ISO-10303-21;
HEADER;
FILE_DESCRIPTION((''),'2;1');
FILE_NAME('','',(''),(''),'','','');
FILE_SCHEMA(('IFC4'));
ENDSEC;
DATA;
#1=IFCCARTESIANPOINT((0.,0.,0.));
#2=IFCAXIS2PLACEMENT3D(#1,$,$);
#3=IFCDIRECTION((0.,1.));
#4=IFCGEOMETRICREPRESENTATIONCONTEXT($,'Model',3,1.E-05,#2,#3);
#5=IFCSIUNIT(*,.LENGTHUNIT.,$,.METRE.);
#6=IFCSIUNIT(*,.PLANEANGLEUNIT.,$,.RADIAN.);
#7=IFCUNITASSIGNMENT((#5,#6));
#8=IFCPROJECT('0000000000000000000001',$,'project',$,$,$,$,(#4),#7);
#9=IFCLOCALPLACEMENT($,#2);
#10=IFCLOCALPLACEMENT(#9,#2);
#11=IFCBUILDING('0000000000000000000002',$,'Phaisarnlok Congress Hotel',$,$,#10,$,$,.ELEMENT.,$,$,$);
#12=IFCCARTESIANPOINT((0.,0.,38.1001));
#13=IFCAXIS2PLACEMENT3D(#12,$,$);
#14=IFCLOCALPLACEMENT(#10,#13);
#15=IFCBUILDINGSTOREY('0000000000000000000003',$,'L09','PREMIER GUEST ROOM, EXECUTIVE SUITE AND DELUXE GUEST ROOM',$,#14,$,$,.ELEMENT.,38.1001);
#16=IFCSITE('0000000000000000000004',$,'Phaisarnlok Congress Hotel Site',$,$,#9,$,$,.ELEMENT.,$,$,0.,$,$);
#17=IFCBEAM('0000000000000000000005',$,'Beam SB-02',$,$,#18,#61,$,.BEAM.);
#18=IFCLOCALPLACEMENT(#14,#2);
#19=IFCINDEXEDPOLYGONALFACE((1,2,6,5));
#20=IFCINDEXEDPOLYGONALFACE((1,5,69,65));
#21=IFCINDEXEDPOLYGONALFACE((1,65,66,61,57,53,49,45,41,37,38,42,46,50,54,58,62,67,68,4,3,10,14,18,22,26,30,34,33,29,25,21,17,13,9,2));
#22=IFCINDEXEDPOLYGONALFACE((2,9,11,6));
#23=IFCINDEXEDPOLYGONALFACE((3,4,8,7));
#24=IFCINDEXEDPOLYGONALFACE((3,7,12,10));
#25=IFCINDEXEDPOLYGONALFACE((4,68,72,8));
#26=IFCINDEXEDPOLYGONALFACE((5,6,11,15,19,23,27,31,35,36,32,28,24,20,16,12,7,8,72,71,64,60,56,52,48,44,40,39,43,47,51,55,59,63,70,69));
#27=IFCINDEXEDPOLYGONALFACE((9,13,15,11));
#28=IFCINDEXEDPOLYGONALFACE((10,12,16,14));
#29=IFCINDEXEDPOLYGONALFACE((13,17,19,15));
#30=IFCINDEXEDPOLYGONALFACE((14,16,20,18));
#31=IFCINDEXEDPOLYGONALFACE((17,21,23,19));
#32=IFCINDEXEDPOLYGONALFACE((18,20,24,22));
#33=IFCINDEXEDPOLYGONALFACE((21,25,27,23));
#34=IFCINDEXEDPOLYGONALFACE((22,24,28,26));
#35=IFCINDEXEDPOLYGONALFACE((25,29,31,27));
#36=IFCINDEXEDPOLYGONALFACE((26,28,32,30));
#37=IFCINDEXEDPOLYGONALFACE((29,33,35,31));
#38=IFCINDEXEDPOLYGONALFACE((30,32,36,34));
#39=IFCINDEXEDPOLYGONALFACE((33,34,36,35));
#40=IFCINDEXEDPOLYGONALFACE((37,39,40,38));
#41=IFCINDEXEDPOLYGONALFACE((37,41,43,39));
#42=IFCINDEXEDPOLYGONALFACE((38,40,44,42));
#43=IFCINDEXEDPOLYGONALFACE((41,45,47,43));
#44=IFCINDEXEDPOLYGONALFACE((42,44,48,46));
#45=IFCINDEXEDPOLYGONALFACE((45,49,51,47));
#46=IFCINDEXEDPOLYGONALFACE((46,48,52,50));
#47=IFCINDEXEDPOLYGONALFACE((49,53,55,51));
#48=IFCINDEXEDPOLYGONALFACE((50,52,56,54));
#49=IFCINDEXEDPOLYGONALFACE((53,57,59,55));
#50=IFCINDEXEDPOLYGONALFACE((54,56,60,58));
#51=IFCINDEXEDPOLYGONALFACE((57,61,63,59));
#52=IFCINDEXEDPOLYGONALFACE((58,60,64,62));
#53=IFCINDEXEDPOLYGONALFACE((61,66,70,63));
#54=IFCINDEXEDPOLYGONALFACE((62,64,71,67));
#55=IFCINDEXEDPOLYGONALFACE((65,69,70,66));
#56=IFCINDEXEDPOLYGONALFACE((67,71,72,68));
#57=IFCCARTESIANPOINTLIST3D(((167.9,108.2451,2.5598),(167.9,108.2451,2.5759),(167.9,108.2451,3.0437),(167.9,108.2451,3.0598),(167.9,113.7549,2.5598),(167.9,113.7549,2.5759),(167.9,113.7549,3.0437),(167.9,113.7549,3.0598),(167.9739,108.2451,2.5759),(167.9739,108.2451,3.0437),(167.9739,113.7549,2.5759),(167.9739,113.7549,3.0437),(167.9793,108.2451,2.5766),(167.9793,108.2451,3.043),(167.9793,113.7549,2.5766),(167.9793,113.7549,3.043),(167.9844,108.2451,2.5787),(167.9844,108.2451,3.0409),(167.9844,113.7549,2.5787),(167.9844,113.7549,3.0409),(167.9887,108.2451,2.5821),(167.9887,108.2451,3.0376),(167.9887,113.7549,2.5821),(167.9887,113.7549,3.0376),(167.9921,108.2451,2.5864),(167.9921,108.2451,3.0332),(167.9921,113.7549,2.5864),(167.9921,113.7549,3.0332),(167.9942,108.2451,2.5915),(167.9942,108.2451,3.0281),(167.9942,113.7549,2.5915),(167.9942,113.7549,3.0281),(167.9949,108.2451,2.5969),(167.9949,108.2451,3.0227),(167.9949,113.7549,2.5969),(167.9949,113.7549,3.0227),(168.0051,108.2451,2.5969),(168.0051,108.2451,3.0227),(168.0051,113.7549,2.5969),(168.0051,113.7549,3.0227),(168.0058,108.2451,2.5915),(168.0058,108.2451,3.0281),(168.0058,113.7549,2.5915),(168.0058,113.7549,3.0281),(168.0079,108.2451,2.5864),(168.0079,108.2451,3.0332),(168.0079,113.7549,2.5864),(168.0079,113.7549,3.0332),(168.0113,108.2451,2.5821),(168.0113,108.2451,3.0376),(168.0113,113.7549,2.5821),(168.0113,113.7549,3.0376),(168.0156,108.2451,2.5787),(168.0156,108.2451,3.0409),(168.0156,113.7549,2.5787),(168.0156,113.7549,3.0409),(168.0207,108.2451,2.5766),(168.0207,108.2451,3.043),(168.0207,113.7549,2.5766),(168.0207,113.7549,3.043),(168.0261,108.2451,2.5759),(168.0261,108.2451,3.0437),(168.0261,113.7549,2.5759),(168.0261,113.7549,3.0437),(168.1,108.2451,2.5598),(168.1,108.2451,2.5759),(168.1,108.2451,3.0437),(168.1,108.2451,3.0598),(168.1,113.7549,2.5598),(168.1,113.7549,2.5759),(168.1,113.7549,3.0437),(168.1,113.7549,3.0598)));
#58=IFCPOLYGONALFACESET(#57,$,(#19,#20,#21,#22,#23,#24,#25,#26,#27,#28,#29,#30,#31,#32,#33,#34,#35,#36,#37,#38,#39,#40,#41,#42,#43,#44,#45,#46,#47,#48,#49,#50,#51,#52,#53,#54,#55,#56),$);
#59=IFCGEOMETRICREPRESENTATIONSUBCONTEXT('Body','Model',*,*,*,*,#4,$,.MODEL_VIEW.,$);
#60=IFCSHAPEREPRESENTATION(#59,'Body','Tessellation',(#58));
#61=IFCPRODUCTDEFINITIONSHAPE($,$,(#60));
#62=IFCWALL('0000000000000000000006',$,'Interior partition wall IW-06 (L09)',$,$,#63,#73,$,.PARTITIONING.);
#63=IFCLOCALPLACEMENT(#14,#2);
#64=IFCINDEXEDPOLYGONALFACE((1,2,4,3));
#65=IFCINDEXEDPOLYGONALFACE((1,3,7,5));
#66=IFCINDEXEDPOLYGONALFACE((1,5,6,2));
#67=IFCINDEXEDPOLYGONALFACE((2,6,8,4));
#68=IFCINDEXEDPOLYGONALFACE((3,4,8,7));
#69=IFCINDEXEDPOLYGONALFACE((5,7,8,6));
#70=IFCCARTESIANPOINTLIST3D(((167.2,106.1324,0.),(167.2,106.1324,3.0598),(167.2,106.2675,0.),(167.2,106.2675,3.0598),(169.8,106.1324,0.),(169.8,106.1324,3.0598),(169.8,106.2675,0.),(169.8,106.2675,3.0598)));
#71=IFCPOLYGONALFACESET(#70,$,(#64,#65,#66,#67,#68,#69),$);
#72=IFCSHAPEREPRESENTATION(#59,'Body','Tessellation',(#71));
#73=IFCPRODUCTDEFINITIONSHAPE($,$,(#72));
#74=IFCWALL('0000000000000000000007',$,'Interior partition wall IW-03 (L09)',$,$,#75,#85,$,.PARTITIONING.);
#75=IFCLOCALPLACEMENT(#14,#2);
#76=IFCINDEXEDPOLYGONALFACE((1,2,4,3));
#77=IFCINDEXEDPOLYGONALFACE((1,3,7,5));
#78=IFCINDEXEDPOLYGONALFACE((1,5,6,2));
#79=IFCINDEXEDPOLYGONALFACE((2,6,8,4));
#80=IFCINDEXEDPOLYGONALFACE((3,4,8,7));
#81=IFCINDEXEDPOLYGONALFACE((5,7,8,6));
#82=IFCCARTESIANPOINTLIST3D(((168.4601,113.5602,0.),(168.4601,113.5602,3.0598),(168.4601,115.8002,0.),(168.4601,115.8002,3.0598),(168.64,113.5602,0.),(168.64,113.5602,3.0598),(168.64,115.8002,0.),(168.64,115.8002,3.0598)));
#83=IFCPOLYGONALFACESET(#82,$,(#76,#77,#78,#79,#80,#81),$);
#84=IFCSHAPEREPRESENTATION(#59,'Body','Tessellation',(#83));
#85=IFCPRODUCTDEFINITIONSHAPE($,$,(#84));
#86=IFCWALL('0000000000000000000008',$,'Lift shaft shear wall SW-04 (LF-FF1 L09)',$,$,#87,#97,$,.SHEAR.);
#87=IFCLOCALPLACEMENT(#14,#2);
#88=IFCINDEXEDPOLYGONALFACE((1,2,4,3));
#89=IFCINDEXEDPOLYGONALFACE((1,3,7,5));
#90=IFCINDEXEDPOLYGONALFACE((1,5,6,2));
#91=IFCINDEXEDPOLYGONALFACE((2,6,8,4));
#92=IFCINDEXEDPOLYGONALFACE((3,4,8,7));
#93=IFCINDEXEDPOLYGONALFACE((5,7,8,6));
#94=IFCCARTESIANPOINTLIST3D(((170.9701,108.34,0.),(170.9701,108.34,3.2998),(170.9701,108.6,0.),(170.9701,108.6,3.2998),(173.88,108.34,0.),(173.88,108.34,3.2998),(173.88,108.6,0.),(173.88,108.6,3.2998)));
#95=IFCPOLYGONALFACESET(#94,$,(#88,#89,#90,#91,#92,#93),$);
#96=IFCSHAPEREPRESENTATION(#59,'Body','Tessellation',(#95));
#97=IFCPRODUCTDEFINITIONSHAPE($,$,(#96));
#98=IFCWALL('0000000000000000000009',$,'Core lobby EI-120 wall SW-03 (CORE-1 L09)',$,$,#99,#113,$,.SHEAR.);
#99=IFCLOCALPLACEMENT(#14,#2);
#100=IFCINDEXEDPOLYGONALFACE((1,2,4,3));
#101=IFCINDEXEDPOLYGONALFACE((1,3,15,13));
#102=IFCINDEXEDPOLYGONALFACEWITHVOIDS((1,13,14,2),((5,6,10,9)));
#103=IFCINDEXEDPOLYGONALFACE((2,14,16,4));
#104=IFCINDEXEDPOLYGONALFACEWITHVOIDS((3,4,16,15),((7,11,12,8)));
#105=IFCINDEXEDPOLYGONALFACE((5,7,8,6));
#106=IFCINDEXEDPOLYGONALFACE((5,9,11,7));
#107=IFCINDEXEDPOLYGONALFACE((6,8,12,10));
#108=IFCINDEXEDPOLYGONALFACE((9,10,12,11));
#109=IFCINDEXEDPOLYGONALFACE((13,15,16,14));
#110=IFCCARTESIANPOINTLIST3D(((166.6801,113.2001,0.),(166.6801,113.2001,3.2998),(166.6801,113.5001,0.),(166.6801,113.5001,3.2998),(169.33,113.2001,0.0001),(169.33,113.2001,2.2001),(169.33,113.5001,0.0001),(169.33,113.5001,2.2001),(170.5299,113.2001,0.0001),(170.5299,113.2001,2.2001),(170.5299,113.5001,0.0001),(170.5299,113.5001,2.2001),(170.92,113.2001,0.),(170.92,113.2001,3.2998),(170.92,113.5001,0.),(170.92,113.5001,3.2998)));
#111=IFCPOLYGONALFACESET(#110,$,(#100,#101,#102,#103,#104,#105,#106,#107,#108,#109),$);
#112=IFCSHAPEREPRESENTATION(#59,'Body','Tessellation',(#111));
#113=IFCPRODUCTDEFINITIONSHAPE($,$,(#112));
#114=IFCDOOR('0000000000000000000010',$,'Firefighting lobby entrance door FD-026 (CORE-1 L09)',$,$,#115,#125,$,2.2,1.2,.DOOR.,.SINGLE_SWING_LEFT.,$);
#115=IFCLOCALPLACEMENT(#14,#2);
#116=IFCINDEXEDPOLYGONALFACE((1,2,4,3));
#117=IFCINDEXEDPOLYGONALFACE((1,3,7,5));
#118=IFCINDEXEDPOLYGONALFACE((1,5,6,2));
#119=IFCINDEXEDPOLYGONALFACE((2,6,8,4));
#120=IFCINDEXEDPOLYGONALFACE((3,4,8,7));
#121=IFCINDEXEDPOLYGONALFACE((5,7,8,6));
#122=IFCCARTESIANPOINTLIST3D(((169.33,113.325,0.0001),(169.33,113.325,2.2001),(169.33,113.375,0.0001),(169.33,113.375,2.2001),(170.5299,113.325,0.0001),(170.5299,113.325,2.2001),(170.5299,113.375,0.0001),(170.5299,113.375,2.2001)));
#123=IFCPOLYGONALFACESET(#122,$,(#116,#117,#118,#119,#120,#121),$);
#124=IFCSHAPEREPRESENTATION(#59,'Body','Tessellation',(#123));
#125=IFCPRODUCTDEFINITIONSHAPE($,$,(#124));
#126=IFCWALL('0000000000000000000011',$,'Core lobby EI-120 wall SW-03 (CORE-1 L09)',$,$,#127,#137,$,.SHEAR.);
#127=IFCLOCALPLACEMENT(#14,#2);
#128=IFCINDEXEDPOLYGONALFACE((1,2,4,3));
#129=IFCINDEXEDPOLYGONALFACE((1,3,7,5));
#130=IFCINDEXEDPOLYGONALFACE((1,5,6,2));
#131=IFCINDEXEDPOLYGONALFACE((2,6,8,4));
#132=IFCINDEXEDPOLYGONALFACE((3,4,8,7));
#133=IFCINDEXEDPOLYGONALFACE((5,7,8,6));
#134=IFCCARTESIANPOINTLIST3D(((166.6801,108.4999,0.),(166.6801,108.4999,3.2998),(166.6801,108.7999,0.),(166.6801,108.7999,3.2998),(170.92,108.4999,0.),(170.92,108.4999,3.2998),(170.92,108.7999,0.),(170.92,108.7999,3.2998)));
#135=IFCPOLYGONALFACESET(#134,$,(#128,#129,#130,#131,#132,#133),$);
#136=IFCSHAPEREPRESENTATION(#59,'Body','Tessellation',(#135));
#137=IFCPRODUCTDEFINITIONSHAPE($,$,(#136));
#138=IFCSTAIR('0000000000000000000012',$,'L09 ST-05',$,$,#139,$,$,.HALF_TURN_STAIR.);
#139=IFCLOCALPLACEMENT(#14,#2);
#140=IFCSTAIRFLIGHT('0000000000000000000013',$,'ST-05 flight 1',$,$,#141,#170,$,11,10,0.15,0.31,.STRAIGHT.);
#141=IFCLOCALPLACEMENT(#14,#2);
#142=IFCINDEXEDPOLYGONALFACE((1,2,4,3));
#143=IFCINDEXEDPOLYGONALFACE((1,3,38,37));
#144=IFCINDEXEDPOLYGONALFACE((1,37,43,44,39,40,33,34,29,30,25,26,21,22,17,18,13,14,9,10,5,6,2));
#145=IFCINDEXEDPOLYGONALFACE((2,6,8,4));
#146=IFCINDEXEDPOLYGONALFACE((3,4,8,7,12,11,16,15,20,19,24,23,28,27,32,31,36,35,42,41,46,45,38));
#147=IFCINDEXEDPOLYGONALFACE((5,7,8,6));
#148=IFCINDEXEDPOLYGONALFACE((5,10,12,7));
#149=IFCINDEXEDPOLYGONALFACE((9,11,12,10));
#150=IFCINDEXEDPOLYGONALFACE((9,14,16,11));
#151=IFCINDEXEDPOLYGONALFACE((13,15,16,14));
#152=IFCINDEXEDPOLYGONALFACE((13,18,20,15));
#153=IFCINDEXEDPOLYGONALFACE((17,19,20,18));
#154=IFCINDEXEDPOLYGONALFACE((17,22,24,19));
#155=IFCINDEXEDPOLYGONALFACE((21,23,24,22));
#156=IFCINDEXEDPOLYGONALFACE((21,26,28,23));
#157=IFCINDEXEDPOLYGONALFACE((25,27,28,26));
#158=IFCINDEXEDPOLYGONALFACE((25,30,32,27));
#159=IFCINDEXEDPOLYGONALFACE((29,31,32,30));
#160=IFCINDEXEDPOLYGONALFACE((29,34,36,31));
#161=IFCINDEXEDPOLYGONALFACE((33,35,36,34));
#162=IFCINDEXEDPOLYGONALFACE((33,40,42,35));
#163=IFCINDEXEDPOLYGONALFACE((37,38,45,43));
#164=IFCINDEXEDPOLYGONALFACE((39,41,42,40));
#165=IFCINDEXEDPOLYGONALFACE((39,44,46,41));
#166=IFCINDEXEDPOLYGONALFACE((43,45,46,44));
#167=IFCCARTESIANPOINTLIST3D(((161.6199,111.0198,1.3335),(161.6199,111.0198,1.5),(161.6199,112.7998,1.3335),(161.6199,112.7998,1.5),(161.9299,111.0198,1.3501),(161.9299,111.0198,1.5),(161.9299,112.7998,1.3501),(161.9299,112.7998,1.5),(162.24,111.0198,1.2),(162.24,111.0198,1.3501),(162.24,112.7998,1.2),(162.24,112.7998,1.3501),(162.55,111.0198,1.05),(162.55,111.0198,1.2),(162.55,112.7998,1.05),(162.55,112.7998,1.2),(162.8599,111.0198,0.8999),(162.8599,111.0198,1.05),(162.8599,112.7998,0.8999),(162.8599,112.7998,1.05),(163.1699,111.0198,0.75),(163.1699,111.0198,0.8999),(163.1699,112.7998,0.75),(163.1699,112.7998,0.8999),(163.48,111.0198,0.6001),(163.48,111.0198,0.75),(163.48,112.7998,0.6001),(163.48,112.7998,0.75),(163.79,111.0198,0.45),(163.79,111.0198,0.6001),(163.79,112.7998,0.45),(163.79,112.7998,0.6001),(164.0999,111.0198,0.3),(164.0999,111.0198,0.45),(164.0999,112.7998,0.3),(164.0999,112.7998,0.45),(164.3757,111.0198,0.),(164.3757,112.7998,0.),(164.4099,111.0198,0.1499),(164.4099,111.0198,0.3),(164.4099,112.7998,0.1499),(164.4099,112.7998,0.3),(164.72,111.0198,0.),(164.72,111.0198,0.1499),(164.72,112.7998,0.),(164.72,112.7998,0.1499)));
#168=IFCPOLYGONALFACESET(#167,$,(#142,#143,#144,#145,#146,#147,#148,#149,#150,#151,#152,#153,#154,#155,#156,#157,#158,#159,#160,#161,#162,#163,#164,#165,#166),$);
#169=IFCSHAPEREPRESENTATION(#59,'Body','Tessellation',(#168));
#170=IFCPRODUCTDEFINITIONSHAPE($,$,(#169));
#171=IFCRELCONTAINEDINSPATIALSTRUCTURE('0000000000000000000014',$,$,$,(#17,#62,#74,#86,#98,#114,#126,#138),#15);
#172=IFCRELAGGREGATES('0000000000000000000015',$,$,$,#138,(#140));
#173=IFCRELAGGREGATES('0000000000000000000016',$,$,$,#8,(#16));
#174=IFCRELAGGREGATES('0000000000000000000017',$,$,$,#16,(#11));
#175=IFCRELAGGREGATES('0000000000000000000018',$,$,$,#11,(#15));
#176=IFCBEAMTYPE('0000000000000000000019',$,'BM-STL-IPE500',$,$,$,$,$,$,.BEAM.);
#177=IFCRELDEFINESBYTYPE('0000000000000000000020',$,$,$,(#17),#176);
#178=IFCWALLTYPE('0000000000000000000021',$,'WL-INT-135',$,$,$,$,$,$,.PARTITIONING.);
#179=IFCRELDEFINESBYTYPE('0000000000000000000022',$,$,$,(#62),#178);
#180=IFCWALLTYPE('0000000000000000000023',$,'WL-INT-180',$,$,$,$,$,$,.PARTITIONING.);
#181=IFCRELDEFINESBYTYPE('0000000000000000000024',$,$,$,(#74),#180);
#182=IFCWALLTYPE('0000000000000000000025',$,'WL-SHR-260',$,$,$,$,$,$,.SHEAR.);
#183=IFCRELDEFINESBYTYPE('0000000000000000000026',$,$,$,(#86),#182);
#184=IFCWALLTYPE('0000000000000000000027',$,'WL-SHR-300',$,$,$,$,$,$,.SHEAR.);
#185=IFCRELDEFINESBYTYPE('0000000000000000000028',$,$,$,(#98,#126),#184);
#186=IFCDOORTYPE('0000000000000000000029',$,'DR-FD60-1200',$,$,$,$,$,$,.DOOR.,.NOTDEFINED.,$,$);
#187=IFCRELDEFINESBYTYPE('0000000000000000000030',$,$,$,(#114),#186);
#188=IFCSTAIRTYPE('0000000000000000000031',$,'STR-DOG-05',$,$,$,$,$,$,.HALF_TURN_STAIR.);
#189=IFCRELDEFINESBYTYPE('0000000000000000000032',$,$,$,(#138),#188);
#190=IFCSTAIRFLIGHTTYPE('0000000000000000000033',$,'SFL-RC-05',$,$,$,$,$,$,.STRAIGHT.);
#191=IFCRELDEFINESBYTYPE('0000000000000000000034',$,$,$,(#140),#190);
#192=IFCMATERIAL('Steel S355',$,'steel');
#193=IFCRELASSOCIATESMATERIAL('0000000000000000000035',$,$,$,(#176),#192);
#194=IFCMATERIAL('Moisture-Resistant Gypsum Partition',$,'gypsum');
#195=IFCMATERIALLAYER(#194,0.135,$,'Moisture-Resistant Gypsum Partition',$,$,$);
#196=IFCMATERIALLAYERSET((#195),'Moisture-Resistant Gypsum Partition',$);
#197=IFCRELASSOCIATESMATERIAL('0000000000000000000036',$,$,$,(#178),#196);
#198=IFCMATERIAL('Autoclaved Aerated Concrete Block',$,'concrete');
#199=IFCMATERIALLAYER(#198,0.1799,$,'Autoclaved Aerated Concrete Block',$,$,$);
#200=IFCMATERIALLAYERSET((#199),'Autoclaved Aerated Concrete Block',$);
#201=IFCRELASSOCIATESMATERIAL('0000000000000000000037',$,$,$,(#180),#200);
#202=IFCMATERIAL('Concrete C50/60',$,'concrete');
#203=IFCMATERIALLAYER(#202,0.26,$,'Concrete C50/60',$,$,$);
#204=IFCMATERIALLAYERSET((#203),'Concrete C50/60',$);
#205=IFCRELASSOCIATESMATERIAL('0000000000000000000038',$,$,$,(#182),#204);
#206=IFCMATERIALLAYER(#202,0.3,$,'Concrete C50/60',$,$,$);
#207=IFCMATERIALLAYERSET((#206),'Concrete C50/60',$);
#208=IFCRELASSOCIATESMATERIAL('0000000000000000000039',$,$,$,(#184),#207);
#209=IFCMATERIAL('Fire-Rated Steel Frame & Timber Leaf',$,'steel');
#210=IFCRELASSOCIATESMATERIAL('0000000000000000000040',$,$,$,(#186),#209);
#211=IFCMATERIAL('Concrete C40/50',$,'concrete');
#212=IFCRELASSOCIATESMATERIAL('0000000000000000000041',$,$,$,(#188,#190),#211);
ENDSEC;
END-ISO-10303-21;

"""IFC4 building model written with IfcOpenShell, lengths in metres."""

from ifc_helpers import new_model, si_unit, direction, frame, frame_2d, origin, origin_2d, place, context, subcontext, project, spatial, polyline, rectangle, i_section, outline, extrude, material, layer, layer_set, material_profile, profile_set, type_object, element, fill, aggregate, save


model = new_model("IFC4")

# Units and contexts
model_context = context("Model", 3, precision=1e-05, world=origin(), true_north=direction((0.0, 1.0)))
body_context = subcontext(model_context, "Body", "Model", "MODEL_VIEW")
ifc_project = project(units=[si_unit("LENGTHUNIT", "METRE"), si_unit("PLANEANGLEUNIT", "RADIAN")], contexts=[model_context])

# Site, building, storey
site_placement = place(None, origin())
site = spatial("IfcSite", under=ifc_project, at=site_placement, Name="Phaisarnlok Congress Hotel Site", CompositionType="ELEMENT", RefElevation=0.0)
building_placement = place(site_placement, origin())
building = spatial("IfcBuilding", under=site, at=building_placement, Name="Phaisarnlok Congress Hotel", CompositionType="ELEMENT")
storey_placement = place(building_placement, frame((0.0, 0.0, 38.1001)))
storey = spatial("IfcBuildingStorey", under=building, at=storey_placement, Name="L09", Description="PREMIER GUEST ROOM, EXECUTIVE SUITE AND DELUXE GUEST ROOM", CompositionType="ELEMENT", Elevation=38.1001)

# Shared definitions
ifc_material_1 = material(Name="Concrete C50/60", Category="concrete")

# Beam
ifc_material_2 = material(Name="Concrete C40/50", Category="concrete")
ifc_material_3 = material(Name="Steel S355", Category="steel")
ifc_material_profile_1 = material_profile(ifc_material_3, i_section(OverallWidth=0.2, OverallDepth=0.5, WebThickness=0.0103, FlangeThickness=0.0161, FilletRadius=0.021, at=origin_2d()), Name="IPE 500")
ifc_profile_set_1 = profile_set([ifc_material_profile_1], Name="Steel S355")
beam_type_1 = type_object("IfcBeamType", Name="BM-STL-IPE500", PredefinedType="BEAM", material=ifc_profile_set_1)
beam_1_placement = place(storey_placement, frame((168.0, 108.2451, 2.8098), z_axis=(0.0, 1.0, 0.0), x_axis=(-1.0, 0.0, 0.0)))
element("IfcBeam", 1, at=beam_1_placement, inside=storey, type_object=beam_type_1, Name="Beam SB-02", PredefinedType="BEAM", context=body_context, shape_type="SweptSolid", body=[
    extrude(i_section(OverallWidth=0.2, OverallDepth=0.5, WebThickness=0.0103, FlangeThickness=0.0161, FilletRadius=0.021, at=origin_2d()), origin(), (0.0, 0.0, 1.0), 5.5098),
])

# Walls
ifc_material_4 = material(Name="Moisture-Resistant Gypsum Partition", Category="gypsum")
ifc_layer_1 = layer(ifc_material_4, 0.135, Name="Moisture-Resistant Gypsum Partition")
ifc_layer_set_1 = layer_set([ifc_layer_1], Name="Moisture-Resistant Gypsum Partition")
wall_type_1 = type_object("IfcWallType", Name="WL-INT-135", PredefinedType="PARTITIONING", material=ifc_layer_set_1)
wall_1_placement = place(storey_placement, frame((167.2, 106.2, 0.0), z_axis=(0.0, 0.0, 1.0), x_axis=(1.0, 0.0, 0.0)))
element("IfcWall", 2, at=wall_1_placement, inside=storey, type_object=wall_type_1, Name="Interior partition wall IW-06 (L09)", PredefinedType="PARTITIONING", context=body_context, shape_type="SweptSolid", body=[
    extrude(rectangle(XDim=2.6001, YDim=0.135, at=frame_2d((1.3, 0.0))), origin(), (0.0, 0.0, 1.0), 3.0598),
])
ifc_material_5 = material(Name="Autoclaved Aerated Concrete Block", Category="concrete")
ifc_layer_2 = layer(ifc_material_5, 0.1799, Name="Autoclaved Aerated Concrete Block")
ifc_layer_set_2 = layer_set([ifc_layer_2], Name="Autoclaved Aerated Concrete Block")
wall_type_2 = type_object("IfcWallType", Name="WL-INT-180", PredefinedType="PARTITIONING", material=ifc_layer_set_2)
wall_2_placement = place(storey_placement, frame((168.55, 113.5601, 0.0), z_axis=(0.0, 0.0, 1.0), x_axis=(0.0, 1.0, 0.0)))
element("IfcWall", 3, at=wall_2_placement, inside=storey, type_object=wall_type_2, Name="Interior partition wall IW-03 (L09)", PredefinedType="PARTITIONING", context=body_context, shape_type="SweptSolid", body=[
    extrude(rectangle(XDim=2.24, YDim=0.1799, at=frame_2d((1.1201, 0.0))), origin(), (0.0, 0.0, 1.0), 3.0598),
])

# Shared definitions
ifc_layer_3 = layer(ifc_material_1, 0.26, Name="Concrete C50/60")
ifc_layer_set_3 = layer_set([ifc_layer_3], Name="Concrete C50/60")
wall_type_3 = type_object("IfcWallType", Name="WL-SHR-260", PredefinedType="SHEAR", material=ifc_layer_set_3)
ifc_material_6 = material(Name="Fire-Rated Steel Frame & Timber Leaf", Category="steel")

# Wall
wall_3_placement = place(storey_placement, frame((170.97, 108.47, 0.0), z_axis=(0.0, 0.0, 1.0), x_axis=(1.0, 0.0, 0.0)))
element("IfcWall", 4, at=wall_3_placement, inside=storey, type_object=wall_type_3, Name="Lift shaft shear wall SW-04 (LF-FF1 L09)", PredefinedType="SHEAR", context=body_context, shape_type="SweptSolid", body=[
    extrude(rectangle(XDim=2.9099, YDim=0.26, at=frame_2d((1.4551, 0.0))), origin(), (0.0, 0.0, 1.0), 3.2998),
])

# Wall, opening, door
ifc_layer_4 = layer(ifc_material_1, 0.3, Name="Concrete C50/60")
ifc_layer_set_4 = layer_set([ifc_layer_4], Name="Concrete C50/60")
wall_type_4 = type_object("IfcWallType", Name="WL-SHR-300", PredefinedType="SHEAR", material=ifc_layer_set_4)
wall_4_placement = place(storey_placement, frame((166.6799, 113.3501, 0.0), z_axis=(0.0, 0.0, 1.0), x_axis=(1.0, 0.0, 0.0)))
wall_4 = element("IfcWall", 5, at=wall_4_placement, inside=storey, type_object=wall_type_4, Name="Core lobby EI-120 wall SW-03 (CORE-1 L09)", PredefinedType="SHEAR", context=body_context, shape_type="SweptSolid", body=[
    extrude(rectangle(XDim=4.24, YDim=0.3, at=frame_2d((2.1201, 0.0))), origin(), (0.0, 0.0, 1.0), 3.2998),
])
opening_1_placement = place(wall_4_placement, frame((2.6499, 0.0, 0.0)))
opening_1 = element("IfcOpeningElement", 6, at=opening_1_placement, cuts=wall_4, PredefinedType="OPENING", context=body_context, shape_type="SweptSolid", body=[
    extrude(rectangle(XDim=1.2, YDim=2.2, at=frame_2d((0.6001, 1.1001))), frame((0.0, 0.1602, 0.0), z_axis=(0.0, -1.0, 0.0), x_axis=(1.0, 0.0, 0.0)), (0.0, 0.0, 1.0), 0.3201),
])
door_type_1 = type_object("IfcDoorType", Name="DR-FD60-1200", OperationType="NOTDEFINED", PredefinedType="DOOR", material=ifc_material_6)
door_1_placement = place(opening_1_placement, origin())
door_1 = element("IfcDoor", 7, at=door_1_placement, inside=storey, type_object=door_type_1, Name="Firefighting lobby entrance door FD-026 (CORE-1 L09)", OperationType="SINGLE_SWING_LEFT", OverallHeight=2.2, OverallWidth=1.2, PredefinedType="DOOR", context=body_context, shape_type="SweptSolid", body=[
    extrude(rectangle(XDim=1.2, YDim=2.2, at=frame_2d((0.6001, 1.1001))), frame((0.0, 0.0249, 0.0), z_axis=(0.0, -1.0, 0.0), x_axis=(1.0, 0.0, 0.0)), (0.0, 0.0, 1.0), 0.05),
])
fill(opening_1, door_1)

# Wall
wall_5_placement = place(storey_placement, frame((166.6799, 108.6499, 0.0), z_axis=(0.0, 0.0, 1.0), x_axis=(1.0, 0.0, 0.0)))
element("IfcWall", 8, at=wall_5_placement, inside=storey, type_object=wall_type_4, Name="Core lobby EI-120 wall SW-03 (CORE-1 L09)", PredefinedType="SHEAR", context=body_context, shape_type="SweptSolid", body=[
    extrude(rectangle(XDim=4.24, YDim=0.3, at=frame_2d((2.1201, 0.0))), origin(), (0.0, 0.0, 1.0), 3.2998),
])

# Stair, stair flight
stair_type = type_object("IfcStairType", Name="STR-DOG-05", PredefinedType="HALF_TURN_STAIR", material=ifc_material_2)
stair_placement = place(storey_placement, origin())
stair = element("IfcStair", 9, at=stair_placement, inside=storey, type_object=stair_type, Name="L09 ST-05", PredefinedType="HALF_TURN_STAIR")
stair_flight_type = type_object("IfcStairFlightType", Name="SFL-RC-05", PredefinedType="STRAIGHT", material=ifc_material_2)
stair_flight_placement = place(storey_placement, frame((164.72, 111.9099, 0.0), z_axis=(0.0, 0.0, 1.0), x_axis=(-1.0, 0.0, 0.0)))
stair_flight = element("IfcStairFlight", 10, at=stair_flight_placement, type_object=stair_flight_type, Name="ST-05 flight 1", NumberOfRisers=11, NumberOfTreads=10, PredefinedType="STRAIGHT", RiserHeight=0.15, TreadLength=0.31, context=body_context, shape_type="SweptSolid", body=[
    extrude(outline(polyline([(0.0, 0.0), (0.0, 0.1499), (0.3101, 0.1499), (0.3101, 0.3), (0.6201, 0.3), (0.6201, 0.45), (0.9299, 0.45), (0.9299, 0.6001), (1.24, 0.6001), (1.24, 0.75), (1.55, 0.75), (1.55, 0.8999), (1.8601, 0.8999), (1.8601, 1.05), (2.1699, 1.05), (2.1699, 1.2), (2.48, 1.2), (2.48, 1.3501), (2.79, 1.3501), (2.79, 1.5), (3.1001, 1.5), (3.1001, 1.6499), (3.1001, 1.3335), (0.3442, 0.0), (0.0, 0.0)])), frame((0.0, 0.8901, 0.0), z_axis=(0.0, -1.0, 0.0), x_axis=(1.0, 0.0, 0.0)), (0.0, 0.0, 1.0), 1.78),
])
aggregate(stair, [stair_flight])

save(model, "model.ifc")
